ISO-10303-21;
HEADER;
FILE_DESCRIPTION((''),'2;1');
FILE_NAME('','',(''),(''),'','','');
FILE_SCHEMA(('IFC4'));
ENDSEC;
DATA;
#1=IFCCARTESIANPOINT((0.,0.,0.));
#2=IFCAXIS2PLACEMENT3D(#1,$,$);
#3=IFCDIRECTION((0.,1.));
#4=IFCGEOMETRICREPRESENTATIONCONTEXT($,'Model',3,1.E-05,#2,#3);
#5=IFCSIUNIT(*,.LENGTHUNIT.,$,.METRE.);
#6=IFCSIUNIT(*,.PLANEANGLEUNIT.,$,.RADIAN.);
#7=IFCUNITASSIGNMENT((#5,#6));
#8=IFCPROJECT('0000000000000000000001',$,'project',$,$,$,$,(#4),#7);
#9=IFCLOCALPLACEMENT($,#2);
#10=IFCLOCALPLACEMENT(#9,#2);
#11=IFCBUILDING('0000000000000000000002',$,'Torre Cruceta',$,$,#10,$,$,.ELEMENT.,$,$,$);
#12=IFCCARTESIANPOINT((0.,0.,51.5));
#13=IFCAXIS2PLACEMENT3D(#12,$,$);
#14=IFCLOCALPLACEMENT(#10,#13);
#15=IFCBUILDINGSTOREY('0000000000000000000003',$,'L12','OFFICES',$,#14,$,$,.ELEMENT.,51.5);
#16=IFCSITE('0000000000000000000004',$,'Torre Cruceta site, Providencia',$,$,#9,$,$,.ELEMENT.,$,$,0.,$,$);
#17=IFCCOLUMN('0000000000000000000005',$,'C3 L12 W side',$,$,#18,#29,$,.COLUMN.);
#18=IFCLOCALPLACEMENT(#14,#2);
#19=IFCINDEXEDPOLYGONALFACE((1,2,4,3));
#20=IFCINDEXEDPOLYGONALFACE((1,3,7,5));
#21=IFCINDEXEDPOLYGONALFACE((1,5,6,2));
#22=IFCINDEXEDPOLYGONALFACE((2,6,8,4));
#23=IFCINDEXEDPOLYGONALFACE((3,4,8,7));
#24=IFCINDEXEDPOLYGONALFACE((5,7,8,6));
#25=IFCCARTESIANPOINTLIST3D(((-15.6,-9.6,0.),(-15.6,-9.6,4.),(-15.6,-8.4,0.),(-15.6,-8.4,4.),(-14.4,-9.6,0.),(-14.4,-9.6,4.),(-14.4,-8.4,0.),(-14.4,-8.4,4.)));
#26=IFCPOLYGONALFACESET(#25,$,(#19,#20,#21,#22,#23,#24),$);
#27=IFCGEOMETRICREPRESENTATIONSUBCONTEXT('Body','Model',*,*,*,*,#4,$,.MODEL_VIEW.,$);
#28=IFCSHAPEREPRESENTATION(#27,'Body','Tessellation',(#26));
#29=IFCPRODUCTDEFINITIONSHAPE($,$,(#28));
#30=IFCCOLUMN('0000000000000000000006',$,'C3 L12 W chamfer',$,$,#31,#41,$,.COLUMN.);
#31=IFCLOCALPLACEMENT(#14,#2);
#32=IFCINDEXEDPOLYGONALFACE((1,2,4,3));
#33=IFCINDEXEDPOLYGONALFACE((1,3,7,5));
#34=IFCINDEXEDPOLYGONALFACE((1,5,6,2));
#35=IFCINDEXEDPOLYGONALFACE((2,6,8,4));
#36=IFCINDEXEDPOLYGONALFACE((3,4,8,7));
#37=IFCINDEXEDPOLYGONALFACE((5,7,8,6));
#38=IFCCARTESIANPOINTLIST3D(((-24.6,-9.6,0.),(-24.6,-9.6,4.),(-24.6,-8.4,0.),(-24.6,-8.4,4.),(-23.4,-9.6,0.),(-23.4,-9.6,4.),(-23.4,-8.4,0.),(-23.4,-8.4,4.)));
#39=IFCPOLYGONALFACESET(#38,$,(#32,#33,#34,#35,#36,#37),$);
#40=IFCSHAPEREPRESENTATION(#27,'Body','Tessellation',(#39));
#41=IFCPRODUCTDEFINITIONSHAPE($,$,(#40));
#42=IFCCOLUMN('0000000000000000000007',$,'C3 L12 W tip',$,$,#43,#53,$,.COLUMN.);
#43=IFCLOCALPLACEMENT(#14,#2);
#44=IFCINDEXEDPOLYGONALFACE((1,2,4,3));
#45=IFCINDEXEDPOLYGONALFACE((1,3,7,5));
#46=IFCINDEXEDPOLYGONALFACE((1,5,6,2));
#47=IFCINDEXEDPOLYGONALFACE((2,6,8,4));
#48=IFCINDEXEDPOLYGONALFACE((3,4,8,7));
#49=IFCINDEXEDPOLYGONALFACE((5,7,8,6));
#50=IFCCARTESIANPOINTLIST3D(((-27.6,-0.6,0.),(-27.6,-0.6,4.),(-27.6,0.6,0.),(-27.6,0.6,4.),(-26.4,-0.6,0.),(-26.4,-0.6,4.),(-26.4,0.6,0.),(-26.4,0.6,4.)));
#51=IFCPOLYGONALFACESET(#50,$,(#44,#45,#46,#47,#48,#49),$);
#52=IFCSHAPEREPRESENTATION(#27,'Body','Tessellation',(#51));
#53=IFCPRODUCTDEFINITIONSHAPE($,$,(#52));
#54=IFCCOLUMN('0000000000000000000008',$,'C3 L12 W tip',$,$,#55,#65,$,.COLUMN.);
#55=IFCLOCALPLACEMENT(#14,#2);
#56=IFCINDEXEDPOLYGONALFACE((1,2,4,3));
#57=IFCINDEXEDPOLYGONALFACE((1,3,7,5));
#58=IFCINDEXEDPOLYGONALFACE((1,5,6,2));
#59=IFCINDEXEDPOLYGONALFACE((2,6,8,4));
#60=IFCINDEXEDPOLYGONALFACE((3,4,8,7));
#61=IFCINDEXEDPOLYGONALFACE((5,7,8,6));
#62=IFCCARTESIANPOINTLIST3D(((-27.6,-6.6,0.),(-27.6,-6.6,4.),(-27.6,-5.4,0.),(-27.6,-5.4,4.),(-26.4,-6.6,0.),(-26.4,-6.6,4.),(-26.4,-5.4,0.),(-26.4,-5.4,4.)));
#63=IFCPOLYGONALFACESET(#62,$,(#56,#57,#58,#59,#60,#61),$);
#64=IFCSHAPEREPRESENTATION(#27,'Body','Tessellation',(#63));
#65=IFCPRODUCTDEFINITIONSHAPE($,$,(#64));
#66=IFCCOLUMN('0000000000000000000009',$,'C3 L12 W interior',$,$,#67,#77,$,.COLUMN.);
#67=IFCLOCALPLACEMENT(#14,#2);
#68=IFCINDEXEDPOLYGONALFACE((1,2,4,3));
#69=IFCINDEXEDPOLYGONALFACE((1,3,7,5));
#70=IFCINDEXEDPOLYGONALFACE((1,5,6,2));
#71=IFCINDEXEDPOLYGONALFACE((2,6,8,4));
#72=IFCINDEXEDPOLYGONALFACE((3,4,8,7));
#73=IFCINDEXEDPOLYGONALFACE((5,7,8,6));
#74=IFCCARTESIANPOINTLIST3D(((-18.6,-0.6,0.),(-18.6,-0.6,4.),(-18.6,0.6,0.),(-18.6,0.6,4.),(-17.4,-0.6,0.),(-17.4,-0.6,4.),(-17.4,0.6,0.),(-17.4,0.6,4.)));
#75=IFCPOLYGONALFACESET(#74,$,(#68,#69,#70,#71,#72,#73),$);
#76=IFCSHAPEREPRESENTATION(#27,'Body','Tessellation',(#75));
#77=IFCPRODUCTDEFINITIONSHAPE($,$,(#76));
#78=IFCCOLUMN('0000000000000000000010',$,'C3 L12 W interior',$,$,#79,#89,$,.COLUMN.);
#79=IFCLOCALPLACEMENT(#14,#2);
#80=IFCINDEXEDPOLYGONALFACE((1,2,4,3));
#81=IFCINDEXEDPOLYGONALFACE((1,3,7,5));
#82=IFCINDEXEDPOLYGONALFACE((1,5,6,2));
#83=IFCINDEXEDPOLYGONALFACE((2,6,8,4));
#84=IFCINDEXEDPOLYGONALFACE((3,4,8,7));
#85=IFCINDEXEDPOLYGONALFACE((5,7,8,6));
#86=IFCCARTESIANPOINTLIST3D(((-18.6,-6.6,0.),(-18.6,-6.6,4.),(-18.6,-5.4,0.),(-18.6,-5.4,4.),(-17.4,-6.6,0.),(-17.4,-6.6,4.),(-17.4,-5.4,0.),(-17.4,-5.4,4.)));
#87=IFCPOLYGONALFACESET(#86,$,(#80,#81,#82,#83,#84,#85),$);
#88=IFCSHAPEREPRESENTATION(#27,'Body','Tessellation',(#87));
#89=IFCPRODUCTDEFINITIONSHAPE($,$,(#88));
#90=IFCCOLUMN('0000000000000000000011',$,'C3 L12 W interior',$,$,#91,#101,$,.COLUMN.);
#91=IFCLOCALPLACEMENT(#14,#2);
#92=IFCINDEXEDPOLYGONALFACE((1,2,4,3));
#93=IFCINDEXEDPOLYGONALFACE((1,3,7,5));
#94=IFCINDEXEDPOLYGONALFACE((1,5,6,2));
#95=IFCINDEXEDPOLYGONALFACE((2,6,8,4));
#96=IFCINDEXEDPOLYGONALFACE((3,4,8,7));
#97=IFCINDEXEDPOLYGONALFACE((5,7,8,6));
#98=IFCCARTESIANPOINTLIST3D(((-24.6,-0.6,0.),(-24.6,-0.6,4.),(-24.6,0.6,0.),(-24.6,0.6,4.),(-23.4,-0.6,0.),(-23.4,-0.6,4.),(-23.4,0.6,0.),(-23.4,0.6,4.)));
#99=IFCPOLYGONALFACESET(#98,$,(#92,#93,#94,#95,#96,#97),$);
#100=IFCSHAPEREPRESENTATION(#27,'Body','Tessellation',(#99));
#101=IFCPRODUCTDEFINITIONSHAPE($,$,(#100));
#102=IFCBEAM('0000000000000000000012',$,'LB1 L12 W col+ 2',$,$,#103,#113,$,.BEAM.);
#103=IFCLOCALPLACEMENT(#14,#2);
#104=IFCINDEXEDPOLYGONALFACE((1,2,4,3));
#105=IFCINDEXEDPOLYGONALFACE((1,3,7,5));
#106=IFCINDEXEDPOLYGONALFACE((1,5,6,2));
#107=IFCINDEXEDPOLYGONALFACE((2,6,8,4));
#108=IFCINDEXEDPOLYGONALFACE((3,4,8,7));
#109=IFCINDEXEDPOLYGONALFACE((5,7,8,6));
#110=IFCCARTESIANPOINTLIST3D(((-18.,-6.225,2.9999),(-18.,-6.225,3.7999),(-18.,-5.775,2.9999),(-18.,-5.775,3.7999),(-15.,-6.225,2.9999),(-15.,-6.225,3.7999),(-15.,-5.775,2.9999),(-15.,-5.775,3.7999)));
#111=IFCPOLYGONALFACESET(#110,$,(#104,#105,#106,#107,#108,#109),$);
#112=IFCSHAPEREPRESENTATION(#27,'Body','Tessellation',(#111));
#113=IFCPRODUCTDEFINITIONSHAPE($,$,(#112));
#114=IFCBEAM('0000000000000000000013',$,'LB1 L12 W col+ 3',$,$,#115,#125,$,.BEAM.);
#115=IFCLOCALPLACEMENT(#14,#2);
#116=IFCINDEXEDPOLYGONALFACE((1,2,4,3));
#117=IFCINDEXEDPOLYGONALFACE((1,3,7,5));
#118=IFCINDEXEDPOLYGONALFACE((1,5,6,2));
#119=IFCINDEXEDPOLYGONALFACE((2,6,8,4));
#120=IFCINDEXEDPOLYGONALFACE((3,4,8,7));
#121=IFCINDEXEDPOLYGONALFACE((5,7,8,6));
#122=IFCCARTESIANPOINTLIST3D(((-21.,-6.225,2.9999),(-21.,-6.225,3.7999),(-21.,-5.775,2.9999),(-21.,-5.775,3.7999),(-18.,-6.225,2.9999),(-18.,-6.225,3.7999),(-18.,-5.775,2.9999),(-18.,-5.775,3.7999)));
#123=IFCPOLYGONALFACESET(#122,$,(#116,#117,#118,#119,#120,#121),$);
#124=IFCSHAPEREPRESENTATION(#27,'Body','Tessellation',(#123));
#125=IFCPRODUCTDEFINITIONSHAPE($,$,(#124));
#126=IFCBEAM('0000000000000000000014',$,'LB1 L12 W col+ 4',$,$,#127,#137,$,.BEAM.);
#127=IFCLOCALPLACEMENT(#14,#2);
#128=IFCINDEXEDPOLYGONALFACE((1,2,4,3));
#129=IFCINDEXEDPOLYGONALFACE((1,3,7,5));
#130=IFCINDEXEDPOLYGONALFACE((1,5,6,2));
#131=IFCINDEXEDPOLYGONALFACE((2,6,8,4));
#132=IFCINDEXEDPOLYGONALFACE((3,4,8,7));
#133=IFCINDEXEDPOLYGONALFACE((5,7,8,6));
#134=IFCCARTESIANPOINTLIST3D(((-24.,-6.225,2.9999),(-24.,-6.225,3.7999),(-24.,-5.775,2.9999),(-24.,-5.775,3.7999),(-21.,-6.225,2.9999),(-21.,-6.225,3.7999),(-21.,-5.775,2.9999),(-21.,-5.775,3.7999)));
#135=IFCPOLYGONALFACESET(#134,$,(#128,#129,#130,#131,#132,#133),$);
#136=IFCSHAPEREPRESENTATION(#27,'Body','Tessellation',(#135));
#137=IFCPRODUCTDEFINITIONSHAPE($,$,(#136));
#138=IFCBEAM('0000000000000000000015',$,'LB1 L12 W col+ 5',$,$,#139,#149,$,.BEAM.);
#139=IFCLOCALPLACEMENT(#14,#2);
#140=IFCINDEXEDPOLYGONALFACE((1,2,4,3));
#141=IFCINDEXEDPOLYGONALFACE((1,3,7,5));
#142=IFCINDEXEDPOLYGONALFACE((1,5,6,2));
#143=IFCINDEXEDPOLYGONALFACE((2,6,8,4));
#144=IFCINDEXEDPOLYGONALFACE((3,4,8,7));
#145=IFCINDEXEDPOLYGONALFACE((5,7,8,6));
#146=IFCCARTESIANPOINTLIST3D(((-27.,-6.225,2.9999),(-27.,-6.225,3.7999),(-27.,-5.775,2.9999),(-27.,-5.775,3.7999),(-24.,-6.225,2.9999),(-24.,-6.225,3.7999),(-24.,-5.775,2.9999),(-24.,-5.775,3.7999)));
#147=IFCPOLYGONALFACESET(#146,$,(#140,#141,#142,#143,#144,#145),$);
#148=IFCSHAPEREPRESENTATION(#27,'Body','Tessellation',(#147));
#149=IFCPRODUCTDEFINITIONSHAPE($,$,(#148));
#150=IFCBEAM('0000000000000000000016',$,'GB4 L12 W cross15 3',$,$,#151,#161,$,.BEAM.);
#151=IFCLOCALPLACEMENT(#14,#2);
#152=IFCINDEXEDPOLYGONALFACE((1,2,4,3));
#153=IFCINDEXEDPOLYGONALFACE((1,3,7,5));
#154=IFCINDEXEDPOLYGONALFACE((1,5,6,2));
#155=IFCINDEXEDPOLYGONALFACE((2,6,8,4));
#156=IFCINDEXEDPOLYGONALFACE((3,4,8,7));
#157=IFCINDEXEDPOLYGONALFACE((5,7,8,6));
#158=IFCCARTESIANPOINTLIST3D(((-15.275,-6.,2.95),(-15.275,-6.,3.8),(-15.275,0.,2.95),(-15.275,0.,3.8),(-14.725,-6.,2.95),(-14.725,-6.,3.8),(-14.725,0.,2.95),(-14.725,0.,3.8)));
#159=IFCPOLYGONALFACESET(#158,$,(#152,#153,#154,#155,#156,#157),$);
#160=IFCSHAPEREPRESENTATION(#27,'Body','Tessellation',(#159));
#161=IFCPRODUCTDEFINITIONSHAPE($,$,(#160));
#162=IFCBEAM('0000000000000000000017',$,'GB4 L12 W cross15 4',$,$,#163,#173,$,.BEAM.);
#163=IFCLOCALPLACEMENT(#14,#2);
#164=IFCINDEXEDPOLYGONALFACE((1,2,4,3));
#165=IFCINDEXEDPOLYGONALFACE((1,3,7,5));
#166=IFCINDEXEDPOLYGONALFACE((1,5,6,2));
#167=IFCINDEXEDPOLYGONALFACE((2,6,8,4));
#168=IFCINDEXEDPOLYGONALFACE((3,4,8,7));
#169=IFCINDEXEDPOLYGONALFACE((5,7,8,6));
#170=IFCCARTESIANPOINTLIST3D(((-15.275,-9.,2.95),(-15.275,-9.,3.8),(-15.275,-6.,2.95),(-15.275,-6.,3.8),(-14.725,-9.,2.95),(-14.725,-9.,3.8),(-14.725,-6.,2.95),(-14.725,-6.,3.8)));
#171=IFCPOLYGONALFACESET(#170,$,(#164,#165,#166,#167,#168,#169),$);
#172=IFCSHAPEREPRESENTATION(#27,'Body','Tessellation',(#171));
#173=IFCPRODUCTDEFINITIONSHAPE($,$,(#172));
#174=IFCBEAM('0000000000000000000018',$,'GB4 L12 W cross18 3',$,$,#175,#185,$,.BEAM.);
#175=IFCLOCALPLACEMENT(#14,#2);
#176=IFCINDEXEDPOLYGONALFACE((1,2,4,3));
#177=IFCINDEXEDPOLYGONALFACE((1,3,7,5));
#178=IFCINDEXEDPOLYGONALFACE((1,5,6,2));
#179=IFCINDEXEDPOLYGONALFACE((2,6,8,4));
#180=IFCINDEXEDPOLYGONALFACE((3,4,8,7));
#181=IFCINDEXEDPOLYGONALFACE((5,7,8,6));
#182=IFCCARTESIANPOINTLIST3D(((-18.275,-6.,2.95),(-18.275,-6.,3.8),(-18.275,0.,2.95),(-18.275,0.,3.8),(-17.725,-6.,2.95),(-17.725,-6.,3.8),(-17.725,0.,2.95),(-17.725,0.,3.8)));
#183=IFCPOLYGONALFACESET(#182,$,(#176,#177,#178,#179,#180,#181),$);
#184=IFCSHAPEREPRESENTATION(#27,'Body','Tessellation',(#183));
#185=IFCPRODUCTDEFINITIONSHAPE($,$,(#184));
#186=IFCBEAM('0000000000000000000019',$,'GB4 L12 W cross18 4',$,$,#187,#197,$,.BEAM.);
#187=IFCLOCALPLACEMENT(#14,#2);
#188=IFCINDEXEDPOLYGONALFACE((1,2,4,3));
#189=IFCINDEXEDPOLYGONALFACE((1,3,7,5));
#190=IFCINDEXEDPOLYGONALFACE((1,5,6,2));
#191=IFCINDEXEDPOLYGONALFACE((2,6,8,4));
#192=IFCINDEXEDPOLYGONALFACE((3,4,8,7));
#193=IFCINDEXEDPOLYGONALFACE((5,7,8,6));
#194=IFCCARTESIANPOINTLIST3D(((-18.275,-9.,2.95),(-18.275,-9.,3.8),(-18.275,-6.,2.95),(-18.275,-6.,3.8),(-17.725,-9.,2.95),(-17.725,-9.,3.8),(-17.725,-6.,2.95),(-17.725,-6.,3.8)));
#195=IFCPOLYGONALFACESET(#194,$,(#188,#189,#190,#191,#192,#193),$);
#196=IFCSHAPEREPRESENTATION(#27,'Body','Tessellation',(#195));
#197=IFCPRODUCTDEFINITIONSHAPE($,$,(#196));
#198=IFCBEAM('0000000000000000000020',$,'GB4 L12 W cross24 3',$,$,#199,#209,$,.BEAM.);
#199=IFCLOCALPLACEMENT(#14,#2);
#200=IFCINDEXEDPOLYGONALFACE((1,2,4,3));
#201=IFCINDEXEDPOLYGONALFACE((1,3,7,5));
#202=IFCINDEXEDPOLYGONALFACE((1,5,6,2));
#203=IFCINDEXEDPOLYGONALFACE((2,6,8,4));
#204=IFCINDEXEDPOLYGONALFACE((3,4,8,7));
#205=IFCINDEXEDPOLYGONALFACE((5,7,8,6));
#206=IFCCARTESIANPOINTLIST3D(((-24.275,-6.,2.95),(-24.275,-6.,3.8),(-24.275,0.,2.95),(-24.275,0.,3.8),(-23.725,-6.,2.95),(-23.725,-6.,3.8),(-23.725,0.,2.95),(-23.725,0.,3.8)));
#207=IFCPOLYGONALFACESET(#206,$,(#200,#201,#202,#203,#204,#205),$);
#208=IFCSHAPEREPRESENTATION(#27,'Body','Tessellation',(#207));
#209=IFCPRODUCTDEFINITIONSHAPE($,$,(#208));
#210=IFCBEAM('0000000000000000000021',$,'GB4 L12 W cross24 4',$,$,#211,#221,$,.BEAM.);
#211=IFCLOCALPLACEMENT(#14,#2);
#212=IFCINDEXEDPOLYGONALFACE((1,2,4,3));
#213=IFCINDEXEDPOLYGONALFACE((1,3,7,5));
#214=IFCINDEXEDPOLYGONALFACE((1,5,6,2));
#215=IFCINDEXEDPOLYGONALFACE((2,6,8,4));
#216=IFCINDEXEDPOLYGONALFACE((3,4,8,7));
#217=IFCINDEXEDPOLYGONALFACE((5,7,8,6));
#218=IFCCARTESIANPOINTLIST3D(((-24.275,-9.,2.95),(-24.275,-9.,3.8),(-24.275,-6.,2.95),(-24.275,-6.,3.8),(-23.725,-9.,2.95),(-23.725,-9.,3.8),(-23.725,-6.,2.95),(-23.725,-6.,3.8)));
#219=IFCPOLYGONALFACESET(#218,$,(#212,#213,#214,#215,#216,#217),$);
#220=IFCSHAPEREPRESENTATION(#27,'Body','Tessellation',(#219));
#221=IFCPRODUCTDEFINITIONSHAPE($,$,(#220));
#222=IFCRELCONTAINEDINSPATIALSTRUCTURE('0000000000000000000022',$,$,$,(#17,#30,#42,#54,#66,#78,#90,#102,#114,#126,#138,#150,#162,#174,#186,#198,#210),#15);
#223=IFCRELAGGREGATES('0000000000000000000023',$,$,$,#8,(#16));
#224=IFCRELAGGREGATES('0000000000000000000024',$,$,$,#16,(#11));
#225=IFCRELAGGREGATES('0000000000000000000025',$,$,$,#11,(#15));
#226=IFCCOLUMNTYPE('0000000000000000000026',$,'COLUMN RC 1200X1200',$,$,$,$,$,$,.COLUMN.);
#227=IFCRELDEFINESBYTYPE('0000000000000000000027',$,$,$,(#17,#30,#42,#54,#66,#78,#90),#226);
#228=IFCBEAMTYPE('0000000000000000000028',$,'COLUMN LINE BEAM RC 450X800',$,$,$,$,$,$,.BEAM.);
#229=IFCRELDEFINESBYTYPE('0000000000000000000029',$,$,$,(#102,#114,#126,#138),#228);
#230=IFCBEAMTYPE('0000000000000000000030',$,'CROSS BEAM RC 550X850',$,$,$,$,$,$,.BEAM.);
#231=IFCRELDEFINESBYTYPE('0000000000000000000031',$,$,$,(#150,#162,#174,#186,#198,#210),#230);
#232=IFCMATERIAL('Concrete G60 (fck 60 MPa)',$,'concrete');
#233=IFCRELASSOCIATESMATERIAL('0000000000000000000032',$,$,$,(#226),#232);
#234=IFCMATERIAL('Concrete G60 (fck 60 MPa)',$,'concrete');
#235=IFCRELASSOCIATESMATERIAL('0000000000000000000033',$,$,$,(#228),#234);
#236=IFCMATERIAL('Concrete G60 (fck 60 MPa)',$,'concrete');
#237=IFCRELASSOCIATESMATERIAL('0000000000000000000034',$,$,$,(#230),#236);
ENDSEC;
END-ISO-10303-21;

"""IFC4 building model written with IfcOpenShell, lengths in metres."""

from ifc_helpers import new_model, si_unit, direction, frame, origin, origin_2d, place, context, subcontext, project, spatial, rectangle, extrude, material, material_profile, profile_set, type_object, element, save


model = new_model("IFC4")

# Units and contexts
model_context = context("Model", 3, precision=1e-05, world=origin(), true_north=direction((0.0, 1.0)))
body_context = subcontext(model_context, "Body", "Model", "MODEL_VIEW")
ifc_project = project(units=[si_unit("LENGTHUNIT", "METRE"), si_unit("PLANEANGLEUNIT", "RADIAN")], contexts=[model_context])

# Site, building, storey
site_placement = place(None, origin())
site = spatial("IfcSite", under=ifc_project, at=site_placement, Name="Torre Cruceta site, Providencia", CompositionType="ELEMENT", RefElevation=0.0)
building_placement = place(site_placement, origin())
building = spatial("IfcBuilding", under=site, at=building_placement, Name="Torre Cruceta", CompositionType="ELEMENT")
storey_placement = place(building_placement, frame((0.0, 0.0, 51.5)))
storey = spatial("IfcBuildingStorey", under=building, at=storey_placement, Name="L12", Description="OFFICES", CompositionType="ELEMENT", Elevation=51.5)

# Columns
ifc_material_1 = material(Name="Concrete G60 (fck 60 MPa)", Category="concrete")
ifc_material_profile_1 = material_profile(ifc_material_1, rectangle(XDim=1.2, YDim=1.2, at=origin_2d()), Name="RC 1200X1200")
ifc_profile_set_1 = profile_set([ifc_material_profile_1], Name="Concrete G60 (fck 60 MPa)")
column_type = type_object("IfcColumnType", Name="COLUMN RC 1200X1200", PredefinedType="COLUMN", material=ifc_profile_set_1)
for number, where, z_axis, x_axis, name in (
    (1, (-15.0, -9.0, 0.0), (0.0, 0.0, 1.0), (1.0, 0.0, 0.0), "C3 L12 W side"),
    (2, (-24.0, -9.0, 0.0), (0.0, 0.0, 1.0), (1.0, 0.0, 0.0), "C3 L12 W chamfer"),
    (3, (-27.0, 0.0, 0.0), (0.0, 0.0, 1.0), (1.0, 0.0, 0.0), "C3 L12 W tip"),
    (4, (-27.0, -6.0, 0.0), (0.0, 0.0, 1.0), (1.0, 0.0, 0.0), "C3 L12 W tip"),
    (5, (-18.0, 0.0, 0.0), (0.0, 0.0, 1.0), (1.0, 0.0, 0.0), "C3 L12 W interior"),
    (6, (-18.0, -6.0, 0.0), (0.0, 0.0, 1.0), (1.0, 0.0, 0.0), "C3 L12 W interior"),
    (7, (-24.0, 0.0, 0.0), (0.0, 0.0, 1.0), (1.0, 0.0, 0.0), "C3 L12 W interior"),
):
    element("IfcColumn", number, at=place(storey_placement, frame(where, z_axis=z_axis, x_axis=x_axis)), inside=storey, type_object=column_type, Name=name, PredefinedType="COLUMN", context=body_context, shape_type="SweptSolid", body=[
        extrude(rectangle(XDim=1.2, YDim=1.2, at=origin_2d()), origin(), (0.0, 0.0, 1.0), 4.0),
    ])

# Beams
ifc_material_2 = material(Name="Concrete G60 (fck 60 MPa)", Category="concrete")
ifc_material_profile_2 = material_profile(ifc_material_2, rectangle(XDim=0.45, YDim=0.8, at=origin_2d()), Name="RC 450X800")
ifc_profile_set_2 = profile_set([ifc_material_profile_2], Name="Concrete G60 (fck 60 MPa)")
beam_type_1 = type_object("IfcBeamType", Name="COLUMN LINE BEAM RC 450X800", PredefinedType="BEAM", material=ifc_profile_set_2)
for number, where, z_axis, x_axis, name in (
    (8, (-15.0, -6.0, 3.3999), (-1.0, 0.0, 0.0), (0.0, -1.0, 0.0), "LB1 L12 W col+ 2"),
    (9, (-18.0, -6.0, 3.3999), (-1.0, 0.0, 0.0), (0.0, -1.0, 0.0), "LB1 L12 W col+ 3"),
    (10, (-21.0, -6.0, 3.3999), (-1.0, 0.0, 0.0), (0.0, -1.0, 0.0), "LB1 L12 W col+ 4"),
    (11, (-24.0, -6.0, 3.3999), (-1.0, 0.0, 0.0), (0.0, -1.0, 0.0), "LB1 L12 W col+ 5"),
):
    element("IfcBeam", number, at=place(storey_placement, frame(where, z_axis=z_axis, x_axis=x_axis)), inside=storey, type_object=beam_type_1, Name=name, PredefinedType="BEAM", context=body_context, shape_type="SweptSolid", body=[
        extrude(rectangle(XDim=0.45, YDim=0.8, at=origin_2d()), origin(), (0.0, 0.0, 1.0), 3.0),
    ])
ifc_material_3 = material(Name="Concrete G60 (fck 60 MPa)", Category="concrete")
ifc_material_profile_3 = material_profile(ifc_material_3, rectangle(XDim=0.55, YDim=0.8501, at=origin_2d()), Name="RC 550X850")
ifc_profile_set_3 = profile_set([ifc_material_profile_3], Name="Concrete G60 (fck 60 MPa)")
beam_type_2 = type_object("IfcBeamType", Name="CROSS BEAM RC 550X850", PredefinedType="BEAM", material=ifc_profile_set_3)
beam_1_placement = place(storey_placement, frame((-15.0, 0.0, 3.375), z_axis=(0.0, -1.0, 0.0), x_axis=(1.0, 0.0, 0.0)))
element("IfcBeam", 12, at=beam_1_placement, inside=storey, type_object=beam_type_2, Name="GB4 L12 W cross15 3", PredefinedType="BEAM", context=body_context, shape_type="SweptSolid", body=[
    extrude(rectangle(XDim=0.55, YDim=0.8501, at=origin_2d()), origin(), (0.0, 0.0, 1.0), 6.0),
])
beam_2_placement = place(storey_placement, frame((-15.0, -6.0, 3.375), z_axis=(0.0, -1.0, 0.0), x_axis=(1.0, 0.0, 0.0)))
element("IfcBeam", 13, at=beam_2_placement, inside=storey, type_object=beam_type_2, Name="GB4 L12 W cross15 4", PredefinedType="BEAM", context=body_context, shape_type="SweptSolid", body=[
    extrude(rectangle(XDim=0.55, YDim=0.8501, at=origin_2d()), origin(), (0.0, 0.0, 1.0), 3.0),
])
beam_3_placement = place(storey_placement, frame((-18.0, 0.0, 3.375), z_axis=(0.0, -1.0, 0.0), x_axis=(1.0, 0.0, 0.0)))
element("IfcBeam", 14, at=beam_3_placement, inside=storey, type_object=beam_type_2, Name="GB4 L12 W cross18 3", PredefinedType="BEAM", context=body_context, shape_type="SweptSolid", body=[
    extrude(rectangle(XDim=0.55, YDim=0.8501, at=origin_2d()), origin(), (0.0, 0.0, 1.0), 6.0),
])
beam_4_placement = place(storey_placement, frame((-18.0, -6.0, 3.375), z_axis=(0.0, -1.0, 0.0), x_axis=(1.0, 0.0, 0.0)))
element("IfcBeam", 15, at=beam_4_placement, inside=storey, type_object=beam_type_2, Name="GB4 L12 W cross18 4", PredefinedType="BEAM", context=body_context, shape_type="SweptSolid", body=[
    extrude(rectangle(XDim=0.55, YDim=0.8501, at=origin_2d()), origin(), (0.0, 0.0, 1.0), 3.0),
])
beam_5_placement = place(storey_placement, frame((-24.0, 0.0, 3.375), z_axis=(0.0, -1.0, 0.0), x_axis=(1.0, 0.0, 0.0)))
element("IfcBeam", 16, at=beam_5_placement, inside=storey, type_object=beam_type_2, Name="GB4 L12 W cross24 3", PredefinedType="BEAM", context=body_context, shape_type="SweptSolid", body=[
    extrude(rectangle(XDim=0.55, YDim=0.8501, at=origin_2d()), origin(), (0.0, 0.0, 1.0), 6.0),
])
beam_6_placement = place(storey_placement, frame((-24.0, -6.0, 3.375), z_axis=(0.0, -1.0, 0.0), x_axis=(1.0, 0.0, 0.0)))
element("IfcBeam", 17, at=beam_6_placement, inside=storey, type_object=beam_type_2, Name="GB4 L12 W cross24 4", PredefinedType="BEAM", context=body_context, shape_type="SweptSolid", body=[
    extrude(rectangle(XDim=0.55, YDim=0.8501, at=origin_2d()), origin(), (0.0, 0.0, 1.0), 3.0),
])

save(model, "model.ifc")
